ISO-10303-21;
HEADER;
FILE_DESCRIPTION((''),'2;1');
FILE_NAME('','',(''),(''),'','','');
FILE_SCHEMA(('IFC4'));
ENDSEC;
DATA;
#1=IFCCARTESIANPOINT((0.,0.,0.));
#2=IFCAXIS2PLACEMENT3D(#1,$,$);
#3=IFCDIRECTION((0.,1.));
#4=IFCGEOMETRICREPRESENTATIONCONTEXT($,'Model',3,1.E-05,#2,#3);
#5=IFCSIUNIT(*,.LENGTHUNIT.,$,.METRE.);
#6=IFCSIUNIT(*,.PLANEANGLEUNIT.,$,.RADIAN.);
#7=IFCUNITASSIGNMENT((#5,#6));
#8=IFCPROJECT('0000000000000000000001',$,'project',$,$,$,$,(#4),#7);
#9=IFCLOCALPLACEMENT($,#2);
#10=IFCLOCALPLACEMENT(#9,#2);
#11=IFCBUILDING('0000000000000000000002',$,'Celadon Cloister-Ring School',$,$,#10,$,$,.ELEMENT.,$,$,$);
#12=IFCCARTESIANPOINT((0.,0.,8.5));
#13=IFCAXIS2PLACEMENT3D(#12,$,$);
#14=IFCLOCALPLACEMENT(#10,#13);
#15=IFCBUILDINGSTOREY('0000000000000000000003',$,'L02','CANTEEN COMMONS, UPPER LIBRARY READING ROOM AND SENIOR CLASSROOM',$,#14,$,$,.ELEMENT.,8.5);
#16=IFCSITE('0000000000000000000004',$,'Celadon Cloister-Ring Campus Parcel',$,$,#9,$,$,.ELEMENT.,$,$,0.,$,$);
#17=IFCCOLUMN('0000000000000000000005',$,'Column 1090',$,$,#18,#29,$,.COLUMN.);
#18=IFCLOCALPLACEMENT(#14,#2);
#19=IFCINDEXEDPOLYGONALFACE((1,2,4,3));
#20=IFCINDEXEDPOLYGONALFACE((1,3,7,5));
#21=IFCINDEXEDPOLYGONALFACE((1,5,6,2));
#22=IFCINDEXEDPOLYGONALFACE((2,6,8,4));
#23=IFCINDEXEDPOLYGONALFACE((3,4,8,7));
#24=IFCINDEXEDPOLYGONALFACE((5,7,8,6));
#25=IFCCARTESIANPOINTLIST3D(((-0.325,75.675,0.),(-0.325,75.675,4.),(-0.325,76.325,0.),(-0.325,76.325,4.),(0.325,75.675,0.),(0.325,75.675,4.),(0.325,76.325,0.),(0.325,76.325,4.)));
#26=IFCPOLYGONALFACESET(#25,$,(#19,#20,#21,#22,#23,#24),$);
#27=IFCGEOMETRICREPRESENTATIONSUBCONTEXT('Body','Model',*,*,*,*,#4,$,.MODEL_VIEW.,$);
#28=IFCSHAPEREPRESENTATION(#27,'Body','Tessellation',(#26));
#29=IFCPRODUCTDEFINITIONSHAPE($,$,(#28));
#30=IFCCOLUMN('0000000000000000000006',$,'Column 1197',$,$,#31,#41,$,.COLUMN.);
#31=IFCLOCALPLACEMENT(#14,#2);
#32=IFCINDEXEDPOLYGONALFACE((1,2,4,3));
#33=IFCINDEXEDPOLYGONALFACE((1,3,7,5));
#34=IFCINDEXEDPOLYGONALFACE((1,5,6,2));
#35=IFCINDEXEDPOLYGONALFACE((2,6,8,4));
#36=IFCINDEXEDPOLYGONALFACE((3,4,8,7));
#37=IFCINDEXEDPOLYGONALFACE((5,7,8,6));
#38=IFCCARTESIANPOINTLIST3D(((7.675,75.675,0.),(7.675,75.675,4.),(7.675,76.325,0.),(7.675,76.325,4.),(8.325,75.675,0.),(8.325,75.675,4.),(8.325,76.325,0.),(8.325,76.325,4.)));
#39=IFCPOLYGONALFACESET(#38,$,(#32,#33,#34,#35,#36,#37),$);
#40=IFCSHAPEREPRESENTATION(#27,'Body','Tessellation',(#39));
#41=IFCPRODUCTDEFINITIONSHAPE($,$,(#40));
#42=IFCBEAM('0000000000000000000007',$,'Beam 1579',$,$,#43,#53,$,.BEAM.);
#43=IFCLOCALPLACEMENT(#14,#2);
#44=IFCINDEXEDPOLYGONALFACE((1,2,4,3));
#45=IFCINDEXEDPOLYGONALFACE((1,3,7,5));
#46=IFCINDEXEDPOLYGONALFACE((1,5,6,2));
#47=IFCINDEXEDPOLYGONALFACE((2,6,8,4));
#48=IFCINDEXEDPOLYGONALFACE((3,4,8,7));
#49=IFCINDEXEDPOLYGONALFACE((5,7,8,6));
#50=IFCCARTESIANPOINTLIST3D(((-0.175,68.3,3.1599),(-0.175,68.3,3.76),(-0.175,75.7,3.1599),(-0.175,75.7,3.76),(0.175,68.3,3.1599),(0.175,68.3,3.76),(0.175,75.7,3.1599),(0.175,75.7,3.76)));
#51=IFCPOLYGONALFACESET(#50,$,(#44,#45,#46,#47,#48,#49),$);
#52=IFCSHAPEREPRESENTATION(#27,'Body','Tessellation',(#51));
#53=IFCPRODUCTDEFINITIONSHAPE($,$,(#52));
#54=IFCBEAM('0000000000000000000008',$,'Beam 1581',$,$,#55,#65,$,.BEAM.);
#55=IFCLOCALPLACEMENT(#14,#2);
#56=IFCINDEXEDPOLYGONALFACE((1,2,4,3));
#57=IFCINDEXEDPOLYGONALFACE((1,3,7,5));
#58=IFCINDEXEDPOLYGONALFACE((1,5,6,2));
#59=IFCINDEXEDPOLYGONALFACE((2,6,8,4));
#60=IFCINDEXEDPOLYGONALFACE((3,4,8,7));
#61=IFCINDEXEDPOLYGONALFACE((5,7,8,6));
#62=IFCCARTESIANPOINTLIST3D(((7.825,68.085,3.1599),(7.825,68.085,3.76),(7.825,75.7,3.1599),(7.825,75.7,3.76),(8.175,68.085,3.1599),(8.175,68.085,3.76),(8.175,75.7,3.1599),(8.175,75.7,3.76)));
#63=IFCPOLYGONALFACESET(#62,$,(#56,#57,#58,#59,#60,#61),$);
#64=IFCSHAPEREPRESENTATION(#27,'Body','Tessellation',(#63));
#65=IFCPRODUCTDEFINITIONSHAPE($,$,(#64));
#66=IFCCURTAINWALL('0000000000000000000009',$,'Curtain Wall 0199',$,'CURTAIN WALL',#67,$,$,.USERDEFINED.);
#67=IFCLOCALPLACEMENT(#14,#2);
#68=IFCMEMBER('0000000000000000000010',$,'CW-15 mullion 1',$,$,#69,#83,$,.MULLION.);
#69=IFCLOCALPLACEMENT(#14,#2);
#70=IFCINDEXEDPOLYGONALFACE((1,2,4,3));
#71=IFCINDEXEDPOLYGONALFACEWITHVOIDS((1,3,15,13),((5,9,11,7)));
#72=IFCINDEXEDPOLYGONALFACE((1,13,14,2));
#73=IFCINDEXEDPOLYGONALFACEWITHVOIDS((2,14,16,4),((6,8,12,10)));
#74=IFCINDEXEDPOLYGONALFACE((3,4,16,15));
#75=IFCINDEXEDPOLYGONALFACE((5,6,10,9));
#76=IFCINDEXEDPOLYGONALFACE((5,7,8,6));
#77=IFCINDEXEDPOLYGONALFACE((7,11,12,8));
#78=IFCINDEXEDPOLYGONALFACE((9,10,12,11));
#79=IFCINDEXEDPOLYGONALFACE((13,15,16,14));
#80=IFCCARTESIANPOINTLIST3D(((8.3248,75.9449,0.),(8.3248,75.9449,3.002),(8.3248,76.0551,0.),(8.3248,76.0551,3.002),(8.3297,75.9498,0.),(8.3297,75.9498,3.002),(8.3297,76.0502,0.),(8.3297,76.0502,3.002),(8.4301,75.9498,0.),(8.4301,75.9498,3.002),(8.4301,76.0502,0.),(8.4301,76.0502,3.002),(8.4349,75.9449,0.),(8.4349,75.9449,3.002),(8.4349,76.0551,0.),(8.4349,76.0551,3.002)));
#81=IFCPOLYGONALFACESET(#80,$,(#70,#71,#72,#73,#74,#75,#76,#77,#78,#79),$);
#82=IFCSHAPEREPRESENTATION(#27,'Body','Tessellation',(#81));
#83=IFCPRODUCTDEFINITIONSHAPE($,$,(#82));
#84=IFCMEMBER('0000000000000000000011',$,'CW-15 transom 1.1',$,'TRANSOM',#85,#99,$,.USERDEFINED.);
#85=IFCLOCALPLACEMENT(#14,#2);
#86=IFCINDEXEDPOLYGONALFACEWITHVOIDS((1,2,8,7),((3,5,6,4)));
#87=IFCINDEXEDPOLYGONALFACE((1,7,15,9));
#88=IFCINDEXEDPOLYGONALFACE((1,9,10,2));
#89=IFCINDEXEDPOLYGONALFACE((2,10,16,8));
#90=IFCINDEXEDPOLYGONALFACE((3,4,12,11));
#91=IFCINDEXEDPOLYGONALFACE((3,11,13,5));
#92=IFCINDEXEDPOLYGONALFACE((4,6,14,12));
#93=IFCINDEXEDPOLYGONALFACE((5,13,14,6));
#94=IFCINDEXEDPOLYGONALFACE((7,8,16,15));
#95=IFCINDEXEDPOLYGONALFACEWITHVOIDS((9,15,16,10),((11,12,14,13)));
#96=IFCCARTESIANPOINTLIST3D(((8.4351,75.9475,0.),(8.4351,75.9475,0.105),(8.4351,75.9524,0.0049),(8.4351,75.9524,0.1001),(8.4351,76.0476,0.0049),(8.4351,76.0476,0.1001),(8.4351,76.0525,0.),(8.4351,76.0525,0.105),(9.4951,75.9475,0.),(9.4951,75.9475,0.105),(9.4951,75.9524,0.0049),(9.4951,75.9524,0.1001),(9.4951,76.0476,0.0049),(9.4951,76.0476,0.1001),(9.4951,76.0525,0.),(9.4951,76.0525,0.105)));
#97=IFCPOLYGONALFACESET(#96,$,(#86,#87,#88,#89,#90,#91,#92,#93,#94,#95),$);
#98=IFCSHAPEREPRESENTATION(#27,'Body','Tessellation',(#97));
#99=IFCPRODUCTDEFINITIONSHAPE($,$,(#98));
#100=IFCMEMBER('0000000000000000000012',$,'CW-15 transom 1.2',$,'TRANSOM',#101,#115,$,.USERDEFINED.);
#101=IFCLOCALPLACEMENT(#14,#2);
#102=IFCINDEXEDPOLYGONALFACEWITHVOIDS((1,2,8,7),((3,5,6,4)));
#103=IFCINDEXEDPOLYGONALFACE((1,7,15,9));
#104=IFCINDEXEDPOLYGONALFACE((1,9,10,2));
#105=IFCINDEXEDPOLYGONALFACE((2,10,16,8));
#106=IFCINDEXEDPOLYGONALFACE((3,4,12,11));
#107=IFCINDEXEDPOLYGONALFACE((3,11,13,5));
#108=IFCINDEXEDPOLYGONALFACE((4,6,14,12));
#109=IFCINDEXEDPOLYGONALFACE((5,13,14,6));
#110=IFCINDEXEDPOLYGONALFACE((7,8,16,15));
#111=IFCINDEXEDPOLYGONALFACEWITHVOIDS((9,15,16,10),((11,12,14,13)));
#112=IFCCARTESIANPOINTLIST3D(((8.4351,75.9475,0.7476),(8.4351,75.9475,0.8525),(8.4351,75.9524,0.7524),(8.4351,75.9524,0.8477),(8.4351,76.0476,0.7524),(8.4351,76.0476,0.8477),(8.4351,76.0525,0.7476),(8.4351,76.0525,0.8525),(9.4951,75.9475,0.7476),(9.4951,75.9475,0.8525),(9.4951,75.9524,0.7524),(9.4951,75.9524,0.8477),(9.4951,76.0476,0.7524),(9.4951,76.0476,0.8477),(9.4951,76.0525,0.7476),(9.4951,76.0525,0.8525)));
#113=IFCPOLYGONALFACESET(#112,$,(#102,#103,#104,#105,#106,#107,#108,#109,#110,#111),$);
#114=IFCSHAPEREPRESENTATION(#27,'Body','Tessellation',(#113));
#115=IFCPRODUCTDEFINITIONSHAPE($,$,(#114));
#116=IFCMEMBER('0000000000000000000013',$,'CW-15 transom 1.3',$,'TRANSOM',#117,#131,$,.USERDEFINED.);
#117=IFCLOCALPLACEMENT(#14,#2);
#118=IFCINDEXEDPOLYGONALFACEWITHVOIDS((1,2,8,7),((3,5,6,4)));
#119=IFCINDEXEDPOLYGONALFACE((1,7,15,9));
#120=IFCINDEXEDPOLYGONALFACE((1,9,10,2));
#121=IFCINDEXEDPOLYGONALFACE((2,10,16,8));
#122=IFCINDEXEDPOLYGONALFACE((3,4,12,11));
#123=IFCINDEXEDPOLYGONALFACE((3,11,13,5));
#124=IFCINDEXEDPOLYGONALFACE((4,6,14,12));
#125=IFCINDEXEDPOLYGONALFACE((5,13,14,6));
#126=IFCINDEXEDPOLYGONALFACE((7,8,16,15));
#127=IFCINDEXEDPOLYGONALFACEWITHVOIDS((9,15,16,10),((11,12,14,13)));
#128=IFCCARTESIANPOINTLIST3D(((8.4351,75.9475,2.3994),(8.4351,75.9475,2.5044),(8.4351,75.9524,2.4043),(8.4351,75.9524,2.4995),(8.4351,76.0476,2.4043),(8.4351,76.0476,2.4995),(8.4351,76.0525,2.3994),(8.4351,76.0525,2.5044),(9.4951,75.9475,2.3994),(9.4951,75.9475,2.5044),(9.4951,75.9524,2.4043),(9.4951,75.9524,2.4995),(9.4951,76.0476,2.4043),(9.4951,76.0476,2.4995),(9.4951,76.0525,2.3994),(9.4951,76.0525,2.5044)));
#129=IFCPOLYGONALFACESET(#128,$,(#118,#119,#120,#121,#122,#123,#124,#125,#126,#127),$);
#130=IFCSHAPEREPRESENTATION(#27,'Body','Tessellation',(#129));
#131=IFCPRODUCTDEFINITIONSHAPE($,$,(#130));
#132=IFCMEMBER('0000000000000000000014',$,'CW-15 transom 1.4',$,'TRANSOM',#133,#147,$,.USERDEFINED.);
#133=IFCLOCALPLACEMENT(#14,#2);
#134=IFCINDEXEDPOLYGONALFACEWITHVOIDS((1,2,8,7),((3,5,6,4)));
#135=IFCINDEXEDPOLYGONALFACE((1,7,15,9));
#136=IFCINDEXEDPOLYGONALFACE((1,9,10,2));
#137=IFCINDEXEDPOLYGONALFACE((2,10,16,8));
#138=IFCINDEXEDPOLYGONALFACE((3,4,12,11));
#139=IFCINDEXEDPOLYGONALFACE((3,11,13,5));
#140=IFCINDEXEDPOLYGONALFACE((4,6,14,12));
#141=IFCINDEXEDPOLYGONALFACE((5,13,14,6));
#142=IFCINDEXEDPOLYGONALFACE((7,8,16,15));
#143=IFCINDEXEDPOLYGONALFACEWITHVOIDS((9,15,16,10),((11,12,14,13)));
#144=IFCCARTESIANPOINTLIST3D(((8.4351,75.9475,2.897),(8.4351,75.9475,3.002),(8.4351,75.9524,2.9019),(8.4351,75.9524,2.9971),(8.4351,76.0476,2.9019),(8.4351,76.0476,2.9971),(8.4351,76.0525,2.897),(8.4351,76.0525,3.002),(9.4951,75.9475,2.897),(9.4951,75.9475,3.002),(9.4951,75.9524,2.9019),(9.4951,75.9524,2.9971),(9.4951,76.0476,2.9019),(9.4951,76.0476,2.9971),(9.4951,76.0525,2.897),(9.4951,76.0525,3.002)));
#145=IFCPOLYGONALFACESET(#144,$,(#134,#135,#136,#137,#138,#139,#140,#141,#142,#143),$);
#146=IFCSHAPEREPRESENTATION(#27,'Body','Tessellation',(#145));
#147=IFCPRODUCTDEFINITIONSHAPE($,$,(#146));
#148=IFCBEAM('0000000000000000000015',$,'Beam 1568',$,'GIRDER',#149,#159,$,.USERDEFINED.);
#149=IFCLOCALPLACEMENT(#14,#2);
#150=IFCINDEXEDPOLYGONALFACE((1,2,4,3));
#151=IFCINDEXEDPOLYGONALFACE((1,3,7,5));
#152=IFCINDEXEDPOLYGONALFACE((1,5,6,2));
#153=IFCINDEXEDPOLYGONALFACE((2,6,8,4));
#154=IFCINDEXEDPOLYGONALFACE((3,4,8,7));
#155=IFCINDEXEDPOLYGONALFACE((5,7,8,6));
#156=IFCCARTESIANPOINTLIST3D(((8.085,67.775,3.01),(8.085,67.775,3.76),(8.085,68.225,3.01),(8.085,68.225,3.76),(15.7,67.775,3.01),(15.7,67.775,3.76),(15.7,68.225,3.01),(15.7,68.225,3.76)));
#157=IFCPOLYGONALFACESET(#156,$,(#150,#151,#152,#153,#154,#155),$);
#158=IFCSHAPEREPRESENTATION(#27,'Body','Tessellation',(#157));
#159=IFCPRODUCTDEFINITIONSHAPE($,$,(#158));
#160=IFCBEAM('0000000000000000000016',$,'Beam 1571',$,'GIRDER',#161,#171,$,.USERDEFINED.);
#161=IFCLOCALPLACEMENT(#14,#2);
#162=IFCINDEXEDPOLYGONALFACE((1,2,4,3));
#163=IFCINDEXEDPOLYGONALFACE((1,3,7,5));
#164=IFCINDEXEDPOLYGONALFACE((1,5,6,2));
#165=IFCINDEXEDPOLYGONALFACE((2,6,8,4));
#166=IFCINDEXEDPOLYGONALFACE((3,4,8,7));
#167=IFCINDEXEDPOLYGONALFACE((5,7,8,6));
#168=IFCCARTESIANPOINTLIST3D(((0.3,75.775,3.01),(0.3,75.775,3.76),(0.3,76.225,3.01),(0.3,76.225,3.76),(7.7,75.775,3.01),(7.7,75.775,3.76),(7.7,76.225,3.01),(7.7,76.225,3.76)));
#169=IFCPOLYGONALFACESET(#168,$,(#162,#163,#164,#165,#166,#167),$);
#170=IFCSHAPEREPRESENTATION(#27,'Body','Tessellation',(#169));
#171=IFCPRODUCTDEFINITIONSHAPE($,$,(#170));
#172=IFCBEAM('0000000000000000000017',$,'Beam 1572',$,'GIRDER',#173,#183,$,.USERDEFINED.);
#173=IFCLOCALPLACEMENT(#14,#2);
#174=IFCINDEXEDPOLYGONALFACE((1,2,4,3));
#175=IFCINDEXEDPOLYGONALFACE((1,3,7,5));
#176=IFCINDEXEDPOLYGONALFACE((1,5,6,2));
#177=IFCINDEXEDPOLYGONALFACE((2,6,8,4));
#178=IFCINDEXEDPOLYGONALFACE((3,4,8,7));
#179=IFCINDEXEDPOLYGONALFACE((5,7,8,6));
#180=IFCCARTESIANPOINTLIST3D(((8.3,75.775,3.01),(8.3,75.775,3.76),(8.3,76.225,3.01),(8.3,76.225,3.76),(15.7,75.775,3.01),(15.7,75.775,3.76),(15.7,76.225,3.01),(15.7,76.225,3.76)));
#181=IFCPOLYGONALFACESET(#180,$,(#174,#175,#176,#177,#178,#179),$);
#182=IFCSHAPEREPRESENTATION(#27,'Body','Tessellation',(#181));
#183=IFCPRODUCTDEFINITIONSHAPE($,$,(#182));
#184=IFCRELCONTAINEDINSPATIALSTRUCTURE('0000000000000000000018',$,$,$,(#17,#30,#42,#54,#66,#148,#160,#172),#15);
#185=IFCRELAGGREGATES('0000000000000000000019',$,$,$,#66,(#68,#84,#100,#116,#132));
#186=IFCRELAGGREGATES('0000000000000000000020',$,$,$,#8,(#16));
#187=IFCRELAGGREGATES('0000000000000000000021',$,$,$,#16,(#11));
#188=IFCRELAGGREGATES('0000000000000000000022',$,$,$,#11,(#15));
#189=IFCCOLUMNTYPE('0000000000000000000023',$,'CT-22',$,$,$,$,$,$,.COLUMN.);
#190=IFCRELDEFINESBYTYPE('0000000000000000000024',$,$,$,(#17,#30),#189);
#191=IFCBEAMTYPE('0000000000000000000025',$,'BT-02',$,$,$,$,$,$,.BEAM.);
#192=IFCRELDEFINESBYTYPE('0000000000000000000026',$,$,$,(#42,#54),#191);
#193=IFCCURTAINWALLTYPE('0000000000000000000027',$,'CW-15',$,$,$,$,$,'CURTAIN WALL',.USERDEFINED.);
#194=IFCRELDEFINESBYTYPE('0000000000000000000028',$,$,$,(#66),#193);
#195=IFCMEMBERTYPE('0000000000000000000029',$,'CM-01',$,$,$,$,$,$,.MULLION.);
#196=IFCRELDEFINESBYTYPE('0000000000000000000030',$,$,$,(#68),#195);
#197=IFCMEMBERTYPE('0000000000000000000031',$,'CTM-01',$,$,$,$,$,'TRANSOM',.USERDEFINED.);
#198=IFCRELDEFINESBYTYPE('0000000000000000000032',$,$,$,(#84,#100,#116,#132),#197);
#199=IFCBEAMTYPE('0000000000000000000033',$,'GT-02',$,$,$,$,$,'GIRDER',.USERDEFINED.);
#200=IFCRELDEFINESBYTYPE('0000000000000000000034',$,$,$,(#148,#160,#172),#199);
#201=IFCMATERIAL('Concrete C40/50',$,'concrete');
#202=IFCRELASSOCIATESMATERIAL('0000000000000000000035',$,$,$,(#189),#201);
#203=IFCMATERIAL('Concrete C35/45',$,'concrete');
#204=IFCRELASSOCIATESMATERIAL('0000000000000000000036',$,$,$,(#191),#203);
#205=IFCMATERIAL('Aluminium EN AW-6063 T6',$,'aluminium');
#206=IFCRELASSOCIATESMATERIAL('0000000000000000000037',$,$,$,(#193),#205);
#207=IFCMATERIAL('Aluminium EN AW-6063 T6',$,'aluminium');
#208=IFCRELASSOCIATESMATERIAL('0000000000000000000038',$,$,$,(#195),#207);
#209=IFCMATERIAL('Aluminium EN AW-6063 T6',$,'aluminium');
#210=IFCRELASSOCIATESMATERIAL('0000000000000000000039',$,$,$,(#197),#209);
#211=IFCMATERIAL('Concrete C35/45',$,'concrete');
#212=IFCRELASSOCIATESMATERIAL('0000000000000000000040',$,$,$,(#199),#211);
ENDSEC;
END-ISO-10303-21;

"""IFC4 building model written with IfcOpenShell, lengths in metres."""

from ifc_helpers import new_model, si_unit, direction, frame, origin, origin_2d, place, context, subcontext, project, spatial, rectangle, hollow_rectangle, extrude, material, material_profile, profile_set, type_object, element, aggregate, save


model = new_model("IFC4")

# Units and contexts
model_context = context("Model", 3, precision=1e-05, world=origin(), true_north=direction((0.0, 1.0)))
body_context = subcontext(model_context, "Body", "Model", "MODEL_VIEW")
ifc_project = project(units=[si_unit("LENGTHUNIT", "METRE"), si_unit("PLANEANGLEUNIT", "RADIAN")], contexts=[model_context])

# Site, building, storey
site_placement = place(None, origin())
site = spatial("IfcSite", under=ifc_project, at=site_placement, Name="Celadon Cloister-Ring Campus Parcel", CompositionType="ELEMENT", RefElevation=0.0)
building_placement = place(site_placement, origin())
building = spatial("IfcBuilding", under=site, at=building_placement, Name="Celadon Cloister-Ring School", CompositionType="ELEMENT")
storey_placement = place(building_placement, frame((0.0, 0.0, 8.5)))
storey = spatial("IfcBuildingStorey", under=building, at=storey_placement, Name="L02", Description="CANTEEN COMMONS, UPPER LIBRARY READING ROOM AND SENIOR CLASSROOM", CompositionType="ELEMENT", Elevation=8.5)

# Columns
ifc_material_1 = material(Name="Concrete C40/50", Category="concrete")
ifc_material_profile_1 = material_profile(ifc_material_1, rectangle(XDim=0.6499, YDim=0.6499, at=origin_2d()), Name="RC650X650")
ifc_profile_set_1 = profile_set([ifc_material_profile_1], Name="Concrete C40/50")
column_type = type_object("IfcColumnType", Name="CT-22", PredefinedType="COLUMN", material=ifc_profile_set_1)
for number, where, z_axis, x_axis, name in (
    (1, (0.0, 76.0, 0.0), (0.0, 0.0, 1.0), (1.0, 0.0, 0.0), "Column 1090"),
    (2, (8.0, 76.0, 0.0), (0.0, 0.0, 1.0), (1.0, 0.0, 0.0), "Column 1197"),
):
    element("IfcColumn", number, at=place(storey_placement, frame(where, z_axis=z_axis, x_axis=x_axis)), inside=storey, type_object=column_type, Name=name, PredefinedType="COLUMN", context=body_context, shape_type="SweptSolid", body=[
        extrude(rectangle(XDim=0.6499, YDim=0.6499, at=origin_2d()), origin(), (0.0, 0.0, 1.0), 4.0),
    ])

# Beams
ifc_material_2 = material(Name="Concrete C35/45", Category="concrete")
ifc_material_profile_2 = material_profile(ifc_material_2, rectangle(XDim=0.3501, YDim=0.6001, at=origin_2d()), Name="RC350X600")
ifc_profile_set_2 = profile_set([ifc_material_profile_2], Name="Concrete C35/45")
beam_type_1 = type_object("IfcBeamType", Name="BT-02", PredefinedType="BEAM", material=ifc_profile_set_2)
beam_1_placement = place(storey_placement, frame((0.0, 68.3, 3.46), z_axis=(0.0, 1.0, 0.0), x_axis=(-1.0, 0.0, 0.0)))
element("IfcBeam", 3, at=beam_1_placement, inside=storey, type_object=beam_type_1, Name="Beam 1579", PredefinedType="BEAM", context=body_context, shape_type="SweptSolid", body=[
    extrude(rectangle(XDim=0.3501, YDim=0.6001, at=origin_2d()), origin(), (0.0, 0.0, 1.0), 7.3999),
])
beam_2_placement = place(storey_placement, frame((8.0, 68.085, 3.46), z_axis=(0.0, 1.0, 0.0), x_axis=(-1.0, 0.0, 0.0)))
element("IfcBeam", 4, at=beam_2_placement, inside=storey, type_object=beam_type_1, Name="Beam 1581", PredefinedType="BEAM", context=body_context, shape_type="SweptSolid", body=[
    extrude(rectangle(XDim=0.3501, YDim=0.6001, at=origin_2d()), origin(), (0.0, 0.0, 1.0), 7.615),
])

# Curtain wall, members
ifc_material_3 = material(Name="Aluminium EN AW-6063 T6", Category="aluminium")
curtain_wall_type = type_object("IfcCurtainWallType", Name="CW-15", ElementType="CURTAIN WALL", PredefinedType="USERDEFINED", material=ifc_material_3)
curtain_wall_placement = place(storey_placement, origin())
curtain_wall = element("IfcCurtainWall", 5, at=curtain_wall_placement, inside=storey, type_object=curtain_wall_type, Name="Curtain Wall 0199", ObjectType="CURTAIN WALL", PredefinedType="USERDEFINED")
ifc_material_4 = material(Name="Aluminium EN AW-6063 T6", Category="aluminium")
ifc_material_profile_3 = material_profile(ifc_material_4, hollow_rectangle(XDim=0.1101, YDim=0.1101, WallThickness=0.0049, at=origin_2d()), Name="RHS110X110X5")
ifc_profile_set_3 = profile_set([ifc_material_profile_3], Name="Aluminium EN AW-6063 T6")
member_type_1 = type_object("IfcMemberType", Name="CM-01", PredefinedType="MULLION", material=ifc_profile_set_3)
member_1_placement = place(storey_placement, frame((8.3799, 76.0, 0.0), z_axis=(0.0, 0.0, 1.0), x_axis=(0.0, 1.0, 0.0)))
member_1 = element("IfcMember", 6, at=member_1_placement, type_object=member_type_1, Name="CW-15 mullion 1", PredefinedType="MULLION", context=body_context, shape_type="SweptSolid", body=[
    extrude(hollow_rectangle(XDim=0.1101, YDim=0.1101, WallThickness=0.0049, at=origin_2d()), origin(), (0.0, 0.0, 1.0), 3.002),
])
ifc_material_5 = material(Name="Aluminium EN AW-6063 T6", Category="aluminium")
ifc_material_profile_4 = material_profile(ifc_material_5, hollow_rectangle(XDim=0.105, YDim=0.105, WallThickness=0.0049, at=origin_2d()), Name="RHS105X105X5")
ifc_profile_set_4 = profile_set([ifc_material_profile_4], Name="Aluminium EN AW-6063 T6")
member_type_2 = type_object("IfcMemberType", Name="CTM-01", ElementType="TRANSOM", PredefinedType="USERDEFINED", material=ifc_profile_set_4)
member_2_placement = place(storey_placement, frame((8.4351, 76.0, 0.0525), z_axis=(1.0, 0.0, 0.0), x_axis=(0.0, 1.0, 0.0)))
member_2 = element("IfcMember", 7, at=member_2_placement, type_object=member_type_2, Name="CW-15 transom 1.1", ObjectType="TRANSOM", PredefinedType="USERDEFINED", context=body_context, shape_type="SweptSolid", body=[
    extrude(hollow_rectangle(XDim=0.105, YDim=0.105, WallThickness=0.0049, at=origin_2d()), origin(), (0.0, 0.0, 1.0), 1.0601),
])
member_3_placement = place(storey_placement, frame((8.4351, 76.0, 0.8), z_axis=(1.0, 0.0, 0.0), x_axis=(0.0, 1.0, 0.0)))
member_3 = element("IfcMember", 8, at=member_3_placement, type_object=member_type_2, Name="CW-15 transom 1.2", ObjectType="TRANSOM", PredefinedType="USERDEFINED", context=body_context, shape_type="SweptSolid", body=[
    extrude(hollow_rectangle(XDim=0.105, YDim=0.105, WallThickness=0.0049, at=origin_2d()), origin(), (0.0, 0.0, 1.0), 1.0601),
])
member_4_placement = place(storey_placement, frame((8.4351, 76.0, 2.4519), z_axis=(1.0, 0.0, 0.0), x_axis=(0.0, 1.0, 0.0)))
member_4 = element("IfcMember", 9, at=member_4_placement, type_object=member_type_2, Name="CW-15 transom 1.3", ObjectType="TRANSOM", PredefinedType="USERDEFINED", context=body_context, shape_type="SweptSolid", body=[
    extrude(hollow_rectangle(XDim=0.105, YDim=0.105, WallThickness=0.0049, at=origin_2d()), origin(), (0.0, 0.0, 1.0), 1.0601),
])
member_5_placement = place(storey_placement, frame((8.4351, 76.0, 2.9495), z_axis=(1.0, 0.0, 0.0), x_axis=(0.0, 1.0, 0.0)))
member_5 = element("IfcMember", 10, at=member_5_placement, type_object=member_type_2, Name="CW-15 transom 1.4", ObjectType="TRANSOM", PredefinedType="USERDEFINED", context=body_context, shape_type="SweptSolid", body=[
    extrude(hollow_rectangle(XDim=0.105, YDim=0.105, WallThickness=0.0049, at=origin_2d()), origin(), (0.0, 0.0, 1.0), 1.0601),
])

# Beams
ifc_material_6 = material(Name="Concrete C35/45", Category="concrete")
ifc_material_profile_5 = material_profile(ifc_material_6, rectangle(XDim=0.45, YDim=0.75, at=origin_2d()), Name="RC450X750")
ifc_profile_set_5 = profile_set([ifc_material_profile_5], Name="Concrete C35/45")
beam_type_2 = type_object("IfcBeamType", Name="GT-02", ElementType="GIRDER", PredefinedType="USERDEFINED", material=ifc_profile_set_5)
beam_3_placement = place(storey_placement, frame((8.085, 68.0, 3.385), z_axis=(1.0, 0.0, 0.0), x_axis=(0.0, 1.0, 0.0)))
element("IfcBeam", 11, at=beam_3_placement, inside=storey, type_object=beam_type_2, Name="Beam 1568", ObjectType="GIRDER", PredefinedType="USERDEFINED", context=body_context, shape_type="SweptSolid", body=[
    extrude(rectangle(XDim=0.45, YDim=0.75, at=origin_2d()), origin(), (0.0, 0.0, 1.0), 7.615),
])
for number, where, z_axis, x_axis, name in (
    (12, (0.3, 76.0, 3.385), (1.0, 0.0, 0.0), (0.0, 1.0, 0.0), "Beam 1571"),
    (13, (8.3, 76.0, 3.385), (1.0, 0.0, 0.0), (0.0, 1.0, 0.0), "Beam 1572"),
):
    element("IfcBeam", number, at=place(storey_placement, frame(where, z_axis=z_axis, x_axis=x_axis)), inside=storey, type_object=beam_type_2, Name=name, ObjectType="GIRDER", PredefinedType="USERDEFINED", context=body_context, shape_type="SweptSolid", body=[
        extrude(rectangle(XDim=0.45, YDim=0.75, at=origin_2d()), origin(), (0.0, 0.0, 1.0), 7.3999),
    ])

aggregate(curtain_wall, [member_1, member_2, member_3, member_4, member_5])

save(model, "model.ifc")
